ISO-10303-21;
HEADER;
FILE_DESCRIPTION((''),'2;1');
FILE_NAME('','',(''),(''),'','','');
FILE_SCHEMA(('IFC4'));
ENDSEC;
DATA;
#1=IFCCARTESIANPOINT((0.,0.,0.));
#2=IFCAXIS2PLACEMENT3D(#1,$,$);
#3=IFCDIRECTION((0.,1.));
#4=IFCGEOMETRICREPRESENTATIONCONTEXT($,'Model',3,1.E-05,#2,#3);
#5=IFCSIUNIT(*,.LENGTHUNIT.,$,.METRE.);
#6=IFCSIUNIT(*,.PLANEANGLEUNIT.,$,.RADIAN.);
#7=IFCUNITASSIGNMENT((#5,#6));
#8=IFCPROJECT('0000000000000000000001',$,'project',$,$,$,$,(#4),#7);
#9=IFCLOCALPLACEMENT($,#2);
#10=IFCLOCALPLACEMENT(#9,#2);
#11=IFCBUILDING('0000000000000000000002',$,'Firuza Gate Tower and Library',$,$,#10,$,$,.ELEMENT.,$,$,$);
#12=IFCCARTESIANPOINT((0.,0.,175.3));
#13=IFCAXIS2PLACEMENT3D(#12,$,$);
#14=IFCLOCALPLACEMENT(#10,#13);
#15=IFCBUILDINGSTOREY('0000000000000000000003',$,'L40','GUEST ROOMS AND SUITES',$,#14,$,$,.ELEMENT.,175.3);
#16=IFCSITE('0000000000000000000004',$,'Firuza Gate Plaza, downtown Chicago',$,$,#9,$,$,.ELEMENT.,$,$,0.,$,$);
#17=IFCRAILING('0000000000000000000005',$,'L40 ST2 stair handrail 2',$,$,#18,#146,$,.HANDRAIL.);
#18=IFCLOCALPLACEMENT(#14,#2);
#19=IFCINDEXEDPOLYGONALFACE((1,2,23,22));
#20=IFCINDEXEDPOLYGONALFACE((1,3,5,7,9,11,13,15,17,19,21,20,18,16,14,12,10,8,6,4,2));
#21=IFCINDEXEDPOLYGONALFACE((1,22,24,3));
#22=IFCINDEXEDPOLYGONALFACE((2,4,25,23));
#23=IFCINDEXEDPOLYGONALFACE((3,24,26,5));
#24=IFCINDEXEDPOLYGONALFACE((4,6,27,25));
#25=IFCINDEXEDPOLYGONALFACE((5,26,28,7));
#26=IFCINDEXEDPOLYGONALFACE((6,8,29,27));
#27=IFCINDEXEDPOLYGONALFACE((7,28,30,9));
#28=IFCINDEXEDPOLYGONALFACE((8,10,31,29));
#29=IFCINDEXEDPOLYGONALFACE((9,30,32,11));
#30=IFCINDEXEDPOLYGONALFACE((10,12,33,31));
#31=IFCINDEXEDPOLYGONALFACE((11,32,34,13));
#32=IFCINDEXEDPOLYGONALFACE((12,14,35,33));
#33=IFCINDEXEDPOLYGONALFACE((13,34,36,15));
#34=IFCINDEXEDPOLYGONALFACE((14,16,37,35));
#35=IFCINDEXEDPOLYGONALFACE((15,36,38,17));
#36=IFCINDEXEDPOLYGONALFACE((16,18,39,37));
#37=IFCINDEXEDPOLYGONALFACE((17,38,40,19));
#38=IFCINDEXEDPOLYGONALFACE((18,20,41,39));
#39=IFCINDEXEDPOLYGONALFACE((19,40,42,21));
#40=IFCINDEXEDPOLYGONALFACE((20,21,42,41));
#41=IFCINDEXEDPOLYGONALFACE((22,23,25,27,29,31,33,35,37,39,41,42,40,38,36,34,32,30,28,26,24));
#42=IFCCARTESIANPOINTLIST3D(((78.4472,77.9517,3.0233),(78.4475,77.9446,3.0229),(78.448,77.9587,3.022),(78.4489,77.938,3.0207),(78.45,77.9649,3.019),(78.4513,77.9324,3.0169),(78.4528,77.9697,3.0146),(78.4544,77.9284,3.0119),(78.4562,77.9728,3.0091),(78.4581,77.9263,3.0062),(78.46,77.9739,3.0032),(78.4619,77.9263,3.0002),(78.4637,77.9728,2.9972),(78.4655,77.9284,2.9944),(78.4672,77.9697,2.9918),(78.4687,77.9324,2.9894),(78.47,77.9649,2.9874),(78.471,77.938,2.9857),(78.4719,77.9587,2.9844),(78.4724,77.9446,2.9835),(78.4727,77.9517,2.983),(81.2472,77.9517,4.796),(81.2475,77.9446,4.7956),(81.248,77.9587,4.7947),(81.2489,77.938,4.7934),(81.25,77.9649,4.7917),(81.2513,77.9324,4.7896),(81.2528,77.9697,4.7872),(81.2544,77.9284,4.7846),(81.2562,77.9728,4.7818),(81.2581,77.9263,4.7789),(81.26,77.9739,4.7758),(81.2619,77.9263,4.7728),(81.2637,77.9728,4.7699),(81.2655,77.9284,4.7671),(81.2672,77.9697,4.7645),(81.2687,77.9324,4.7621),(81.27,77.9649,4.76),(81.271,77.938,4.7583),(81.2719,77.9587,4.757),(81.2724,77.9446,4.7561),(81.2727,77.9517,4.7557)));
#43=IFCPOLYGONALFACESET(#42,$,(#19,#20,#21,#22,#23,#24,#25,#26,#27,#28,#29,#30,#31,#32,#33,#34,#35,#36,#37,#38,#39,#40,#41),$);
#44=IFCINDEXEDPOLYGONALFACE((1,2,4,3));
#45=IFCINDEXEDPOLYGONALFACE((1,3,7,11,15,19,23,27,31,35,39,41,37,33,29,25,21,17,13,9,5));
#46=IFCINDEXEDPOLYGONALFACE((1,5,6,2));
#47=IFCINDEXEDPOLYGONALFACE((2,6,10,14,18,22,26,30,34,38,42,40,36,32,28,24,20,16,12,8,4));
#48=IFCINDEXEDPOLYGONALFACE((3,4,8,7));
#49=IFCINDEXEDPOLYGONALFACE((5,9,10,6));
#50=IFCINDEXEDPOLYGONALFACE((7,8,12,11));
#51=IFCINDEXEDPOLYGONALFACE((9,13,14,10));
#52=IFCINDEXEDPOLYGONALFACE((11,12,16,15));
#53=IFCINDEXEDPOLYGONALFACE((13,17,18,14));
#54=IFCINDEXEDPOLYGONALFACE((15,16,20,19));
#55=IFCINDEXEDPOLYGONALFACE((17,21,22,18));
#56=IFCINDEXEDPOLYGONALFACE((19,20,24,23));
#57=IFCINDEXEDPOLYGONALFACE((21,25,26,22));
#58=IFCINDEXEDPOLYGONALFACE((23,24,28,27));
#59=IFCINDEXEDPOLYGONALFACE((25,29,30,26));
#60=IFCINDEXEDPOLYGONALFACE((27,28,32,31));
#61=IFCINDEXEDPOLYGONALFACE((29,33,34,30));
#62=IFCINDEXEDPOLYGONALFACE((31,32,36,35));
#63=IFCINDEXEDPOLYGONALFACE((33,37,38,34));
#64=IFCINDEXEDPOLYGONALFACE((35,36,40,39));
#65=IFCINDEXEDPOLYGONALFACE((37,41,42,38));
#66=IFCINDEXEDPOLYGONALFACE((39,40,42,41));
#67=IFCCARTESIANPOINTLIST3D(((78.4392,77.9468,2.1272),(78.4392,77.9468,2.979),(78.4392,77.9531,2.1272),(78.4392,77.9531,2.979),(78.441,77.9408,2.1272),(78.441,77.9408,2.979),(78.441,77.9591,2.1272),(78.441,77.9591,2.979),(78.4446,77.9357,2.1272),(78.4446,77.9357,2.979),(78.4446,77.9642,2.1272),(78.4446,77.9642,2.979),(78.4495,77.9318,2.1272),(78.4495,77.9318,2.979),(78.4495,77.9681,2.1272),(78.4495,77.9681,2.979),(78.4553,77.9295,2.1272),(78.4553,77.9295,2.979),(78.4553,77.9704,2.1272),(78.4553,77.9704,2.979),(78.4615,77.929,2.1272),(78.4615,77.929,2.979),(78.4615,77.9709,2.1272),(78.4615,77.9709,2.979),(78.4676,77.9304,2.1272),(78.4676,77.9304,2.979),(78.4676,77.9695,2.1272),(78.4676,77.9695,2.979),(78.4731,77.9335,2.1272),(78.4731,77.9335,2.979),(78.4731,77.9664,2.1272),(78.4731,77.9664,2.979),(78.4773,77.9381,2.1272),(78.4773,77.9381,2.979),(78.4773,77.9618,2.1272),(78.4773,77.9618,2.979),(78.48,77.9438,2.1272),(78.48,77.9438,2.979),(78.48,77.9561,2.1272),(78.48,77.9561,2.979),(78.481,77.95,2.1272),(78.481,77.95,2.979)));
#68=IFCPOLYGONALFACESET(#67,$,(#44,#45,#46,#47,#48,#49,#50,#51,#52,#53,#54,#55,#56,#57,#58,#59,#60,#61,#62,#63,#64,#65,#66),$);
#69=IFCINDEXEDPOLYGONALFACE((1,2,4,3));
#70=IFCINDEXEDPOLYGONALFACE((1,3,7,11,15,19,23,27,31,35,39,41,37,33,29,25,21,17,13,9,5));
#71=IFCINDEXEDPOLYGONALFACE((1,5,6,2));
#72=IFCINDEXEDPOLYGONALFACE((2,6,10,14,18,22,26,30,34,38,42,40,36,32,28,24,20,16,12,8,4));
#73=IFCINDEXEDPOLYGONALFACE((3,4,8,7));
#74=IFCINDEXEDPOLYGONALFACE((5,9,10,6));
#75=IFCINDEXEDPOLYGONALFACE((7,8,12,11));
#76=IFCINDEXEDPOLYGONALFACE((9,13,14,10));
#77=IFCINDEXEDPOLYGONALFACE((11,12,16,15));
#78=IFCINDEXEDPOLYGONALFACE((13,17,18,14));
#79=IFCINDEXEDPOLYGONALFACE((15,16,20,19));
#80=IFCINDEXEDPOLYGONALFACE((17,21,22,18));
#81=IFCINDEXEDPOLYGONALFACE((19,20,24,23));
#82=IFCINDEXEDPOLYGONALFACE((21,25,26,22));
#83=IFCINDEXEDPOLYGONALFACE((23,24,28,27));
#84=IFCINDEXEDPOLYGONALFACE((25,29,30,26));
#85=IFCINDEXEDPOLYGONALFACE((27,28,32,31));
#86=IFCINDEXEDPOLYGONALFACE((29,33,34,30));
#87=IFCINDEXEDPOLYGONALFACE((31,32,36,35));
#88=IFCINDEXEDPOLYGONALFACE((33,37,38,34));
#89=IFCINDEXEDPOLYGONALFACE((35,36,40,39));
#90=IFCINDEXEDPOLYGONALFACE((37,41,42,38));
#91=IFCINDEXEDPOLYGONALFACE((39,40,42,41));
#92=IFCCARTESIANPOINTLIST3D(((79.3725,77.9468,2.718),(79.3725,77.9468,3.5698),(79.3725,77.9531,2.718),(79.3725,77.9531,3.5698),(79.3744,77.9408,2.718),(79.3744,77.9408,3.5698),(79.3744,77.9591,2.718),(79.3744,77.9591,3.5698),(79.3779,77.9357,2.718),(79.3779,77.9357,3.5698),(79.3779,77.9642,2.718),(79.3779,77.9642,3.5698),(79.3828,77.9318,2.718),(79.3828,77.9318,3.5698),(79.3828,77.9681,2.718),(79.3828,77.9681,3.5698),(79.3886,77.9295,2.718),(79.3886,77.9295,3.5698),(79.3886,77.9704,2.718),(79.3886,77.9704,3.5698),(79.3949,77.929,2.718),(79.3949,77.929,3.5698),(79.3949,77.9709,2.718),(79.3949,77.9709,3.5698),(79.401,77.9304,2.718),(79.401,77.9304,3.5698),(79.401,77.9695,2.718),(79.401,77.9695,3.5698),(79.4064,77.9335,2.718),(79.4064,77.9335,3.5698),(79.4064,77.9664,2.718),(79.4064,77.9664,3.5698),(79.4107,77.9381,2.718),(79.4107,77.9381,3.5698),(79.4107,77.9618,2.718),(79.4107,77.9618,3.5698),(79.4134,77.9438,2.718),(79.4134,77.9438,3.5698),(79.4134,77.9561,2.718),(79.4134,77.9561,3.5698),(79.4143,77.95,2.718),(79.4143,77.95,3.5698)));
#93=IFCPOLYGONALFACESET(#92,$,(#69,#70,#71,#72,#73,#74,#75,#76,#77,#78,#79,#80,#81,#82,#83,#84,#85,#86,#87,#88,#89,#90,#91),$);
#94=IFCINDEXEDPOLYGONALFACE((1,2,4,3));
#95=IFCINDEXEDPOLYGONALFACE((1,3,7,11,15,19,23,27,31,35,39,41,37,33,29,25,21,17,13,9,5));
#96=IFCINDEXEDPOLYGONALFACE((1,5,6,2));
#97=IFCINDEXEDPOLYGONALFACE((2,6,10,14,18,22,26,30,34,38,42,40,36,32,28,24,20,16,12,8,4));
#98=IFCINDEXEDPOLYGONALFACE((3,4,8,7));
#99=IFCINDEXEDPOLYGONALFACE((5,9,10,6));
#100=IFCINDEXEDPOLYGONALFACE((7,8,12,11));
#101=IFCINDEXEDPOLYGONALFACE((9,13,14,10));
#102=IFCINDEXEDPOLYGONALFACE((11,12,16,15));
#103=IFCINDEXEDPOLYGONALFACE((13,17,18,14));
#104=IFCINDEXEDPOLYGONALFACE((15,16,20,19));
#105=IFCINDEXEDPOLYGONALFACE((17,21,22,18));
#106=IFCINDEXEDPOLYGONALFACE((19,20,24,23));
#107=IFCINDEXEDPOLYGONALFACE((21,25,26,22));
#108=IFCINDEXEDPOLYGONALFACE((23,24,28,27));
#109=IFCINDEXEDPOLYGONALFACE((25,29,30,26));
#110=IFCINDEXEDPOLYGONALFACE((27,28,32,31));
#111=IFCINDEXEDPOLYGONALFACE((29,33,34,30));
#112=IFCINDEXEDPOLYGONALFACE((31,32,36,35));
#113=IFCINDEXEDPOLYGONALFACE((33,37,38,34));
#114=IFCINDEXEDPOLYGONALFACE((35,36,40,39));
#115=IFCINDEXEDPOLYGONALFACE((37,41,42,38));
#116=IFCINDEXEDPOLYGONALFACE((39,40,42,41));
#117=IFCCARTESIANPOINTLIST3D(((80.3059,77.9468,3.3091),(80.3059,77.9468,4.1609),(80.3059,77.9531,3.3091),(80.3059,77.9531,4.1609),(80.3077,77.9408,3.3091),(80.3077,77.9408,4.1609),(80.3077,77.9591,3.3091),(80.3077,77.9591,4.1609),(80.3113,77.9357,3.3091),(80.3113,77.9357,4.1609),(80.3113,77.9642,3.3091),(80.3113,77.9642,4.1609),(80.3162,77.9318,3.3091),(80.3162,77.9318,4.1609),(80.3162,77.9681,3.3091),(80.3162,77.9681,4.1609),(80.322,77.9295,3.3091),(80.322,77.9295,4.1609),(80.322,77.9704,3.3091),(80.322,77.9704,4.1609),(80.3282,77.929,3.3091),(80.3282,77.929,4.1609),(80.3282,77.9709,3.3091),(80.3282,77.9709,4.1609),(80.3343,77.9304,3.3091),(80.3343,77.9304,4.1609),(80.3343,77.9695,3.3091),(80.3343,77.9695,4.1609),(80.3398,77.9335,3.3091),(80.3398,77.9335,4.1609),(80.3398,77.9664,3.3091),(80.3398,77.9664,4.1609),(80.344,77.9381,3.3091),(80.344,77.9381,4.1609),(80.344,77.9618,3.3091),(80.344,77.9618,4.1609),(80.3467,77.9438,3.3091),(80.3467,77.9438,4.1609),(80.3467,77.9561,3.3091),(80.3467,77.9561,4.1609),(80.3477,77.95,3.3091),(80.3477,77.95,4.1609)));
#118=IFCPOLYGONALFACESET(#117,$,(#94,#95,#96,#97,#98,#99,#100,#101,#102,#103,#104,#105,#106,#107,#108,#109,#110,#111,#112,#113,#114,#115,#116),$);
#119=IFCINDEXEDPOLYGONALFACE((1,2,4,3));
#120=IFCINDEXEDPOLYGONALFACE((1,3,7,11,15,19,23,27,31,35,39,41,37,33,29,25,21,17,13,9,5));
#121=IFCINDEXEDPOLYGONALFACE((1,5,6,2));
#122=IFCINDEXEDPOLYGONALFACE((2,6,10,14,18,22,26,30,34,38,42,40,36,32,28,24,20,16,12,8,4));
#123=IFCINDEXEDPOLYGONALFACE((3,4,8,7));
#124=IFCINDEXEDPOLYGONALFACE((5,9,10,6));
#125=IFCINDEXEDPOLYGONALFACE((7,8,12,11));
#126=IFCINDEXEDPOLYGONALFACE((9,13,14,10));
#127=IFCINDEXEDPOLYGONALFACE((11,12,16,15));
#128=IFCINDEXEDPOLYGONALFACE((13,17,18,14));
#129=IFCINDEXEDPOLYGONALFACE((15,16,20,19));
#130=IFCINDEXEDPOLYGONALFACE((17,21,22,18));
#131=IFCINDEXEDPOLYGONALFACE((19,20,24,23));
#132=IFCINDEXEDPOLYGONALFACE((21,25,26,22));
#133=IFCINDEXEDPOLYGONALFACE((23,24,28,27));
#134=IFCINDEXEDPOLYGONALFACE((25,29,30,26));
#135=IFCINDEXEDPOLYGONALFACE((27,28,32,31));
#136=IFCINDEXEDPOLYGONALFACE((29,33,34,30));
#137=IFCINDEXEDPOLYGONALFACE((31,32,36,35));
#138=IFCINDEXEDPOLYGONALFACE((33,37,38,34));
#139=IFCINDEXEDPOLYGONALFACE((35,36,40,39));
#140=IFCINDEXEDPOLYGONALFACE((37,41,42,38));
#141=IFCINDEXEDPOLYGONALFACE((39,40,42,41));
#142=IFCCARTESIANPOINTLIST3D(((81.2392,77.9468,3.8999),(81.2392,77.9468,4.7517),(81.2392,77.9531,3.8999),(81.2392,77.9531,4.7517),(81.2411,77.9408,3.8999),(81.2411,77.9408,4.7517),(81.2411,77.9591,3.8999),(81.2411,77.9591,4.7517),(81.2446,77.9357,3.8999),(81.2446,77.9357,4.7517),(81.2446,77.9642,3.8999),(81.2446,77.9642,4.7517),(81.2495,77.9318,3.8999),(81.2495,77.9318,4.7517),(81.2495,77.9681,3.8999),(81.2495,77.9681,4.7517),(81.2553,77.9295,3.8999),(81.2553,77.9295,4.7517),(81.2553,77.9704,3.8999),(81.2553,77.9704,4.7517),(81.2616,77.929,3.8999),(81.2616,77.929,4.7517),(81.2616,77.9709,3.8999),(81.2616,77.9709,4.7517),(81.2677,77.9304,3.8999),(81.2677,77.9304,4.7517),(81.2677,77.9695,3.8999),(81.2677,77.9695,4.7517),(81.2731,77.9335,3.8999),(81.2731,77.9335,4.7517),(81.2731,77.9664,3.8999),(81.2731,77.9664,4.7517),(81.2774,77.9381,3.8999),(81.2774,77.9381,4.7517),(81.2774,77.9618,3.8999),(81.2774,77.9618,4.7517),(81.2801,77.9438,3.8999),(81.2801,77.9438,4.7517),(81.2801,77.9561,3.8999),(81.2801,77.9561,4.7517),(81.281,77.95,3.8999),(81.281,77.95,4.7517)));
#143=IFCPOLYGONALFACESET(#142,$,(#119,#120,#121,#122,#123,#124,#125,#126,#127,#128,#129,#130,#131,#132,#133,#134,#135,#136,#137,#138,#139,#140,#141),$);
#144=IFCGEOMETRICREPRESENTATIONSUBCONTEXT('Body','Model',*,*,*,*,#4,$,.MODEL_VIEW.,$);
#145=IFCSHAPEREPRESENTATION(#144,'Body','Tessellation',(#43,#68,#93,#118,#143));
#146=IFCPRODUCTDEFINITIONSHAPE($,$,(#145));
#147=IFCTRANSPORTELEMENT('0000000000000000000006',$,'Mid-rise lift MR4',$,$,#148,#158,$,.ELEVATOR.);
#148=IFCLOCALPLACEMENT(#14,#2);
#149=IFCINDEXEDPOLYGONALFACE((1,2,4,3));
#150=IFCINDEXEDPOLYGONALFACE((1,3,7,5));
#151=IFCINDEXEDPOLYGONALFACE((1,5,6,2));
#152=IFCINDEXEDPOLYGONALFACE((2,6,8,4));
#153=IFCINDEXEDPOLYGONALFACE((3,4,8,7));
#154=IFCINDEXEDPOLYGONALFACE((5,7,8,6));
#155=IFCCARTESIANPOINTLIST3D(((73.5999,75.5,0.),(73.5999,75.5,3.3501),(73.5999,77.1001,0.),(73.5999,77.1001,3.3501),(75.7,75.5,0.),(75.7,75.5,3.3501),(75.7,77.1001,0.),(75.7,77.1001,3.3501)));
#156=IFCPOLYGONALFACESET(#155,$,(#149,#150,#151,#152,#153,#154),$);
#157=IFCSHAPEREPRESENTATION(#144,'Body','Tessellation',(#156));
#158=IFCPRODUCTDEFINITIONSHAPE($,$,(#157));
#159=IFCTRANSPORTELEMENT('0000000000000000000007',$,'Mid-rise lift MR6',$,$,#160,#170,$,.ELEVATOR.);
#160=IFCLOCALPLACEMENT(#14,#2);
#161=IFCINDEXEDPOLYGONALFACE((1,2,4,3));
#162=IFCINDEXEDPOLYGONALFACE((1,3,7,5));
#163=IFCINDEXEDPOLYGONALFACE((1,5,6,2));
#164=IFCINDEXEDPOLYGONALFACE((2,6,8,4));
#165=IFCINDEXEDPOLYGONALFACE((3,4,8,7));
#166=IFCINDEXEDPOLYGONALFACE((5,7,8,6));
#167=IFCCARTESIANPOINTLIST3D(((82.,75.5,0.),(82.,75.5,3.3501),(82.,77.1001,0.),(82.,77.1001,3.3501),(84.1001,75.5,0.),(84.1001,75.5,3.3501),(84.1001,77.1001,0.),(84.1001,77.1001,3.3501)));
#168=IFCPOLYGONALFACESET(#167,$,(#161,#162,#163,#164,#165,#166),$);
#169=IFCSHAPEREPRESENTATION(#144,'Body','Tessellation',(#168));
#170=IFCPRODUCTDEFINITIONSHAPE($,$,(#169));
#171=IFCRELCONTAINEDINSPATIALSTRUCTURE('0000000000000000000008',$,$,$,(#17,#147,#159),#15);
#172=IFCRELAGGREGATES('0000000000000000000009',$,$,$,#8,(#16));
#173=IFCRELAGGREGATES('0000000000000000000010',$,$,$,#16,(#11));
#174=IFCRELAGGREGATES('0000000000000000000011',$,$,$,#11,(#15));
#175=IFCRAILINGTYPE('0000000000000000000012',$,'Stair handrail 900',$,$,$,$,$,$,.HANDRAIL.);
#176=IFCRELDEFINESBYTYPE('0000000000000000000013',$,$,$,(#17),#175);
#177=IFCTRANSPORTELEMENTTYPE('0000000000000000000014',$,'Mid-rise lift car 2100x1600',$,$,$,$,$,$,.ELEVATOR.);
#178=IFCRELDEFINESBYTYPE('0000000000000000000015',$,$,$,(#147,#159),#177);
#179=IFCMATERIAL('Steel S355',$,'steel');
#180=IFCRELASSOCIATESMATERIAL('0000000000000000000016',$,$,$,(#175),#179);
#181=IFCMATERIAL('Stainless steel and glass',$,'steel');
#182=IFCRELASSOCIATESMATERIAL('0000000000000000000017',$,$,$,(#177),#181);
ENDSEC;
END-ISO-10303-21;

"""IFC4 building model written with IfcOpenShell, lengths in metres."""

from ifc_helpers import new_model, si_unit, direction, frame, origin, origin_2d, place, context, subcontext, project, spatial, rectangle, circle, extrude, material, type_object, element, save


model = new_model("IFC4")

# Units and contexts
model_context = context("Model", 3, precision=1e-05, world=origin(), true_north=direction((0.0, 1.0)))
body_context = subcontext(model_context, "Body", "Model", "MODEL_VIEW")
ifc_project = project(units=[si_unit("LENGTHUNIT", "METRE"), si_unit("PLANEANGLEUNIT", "RADIAN")], contexts=[model_context])

# Site, building, storey
site_placement = place(None, origin())
site = spatial("IfcSite", under=ifc_project, at=site_placement, Name="Firuza Gate Plaza, downtown Chicago", CompositionType="ELEMENT", RefElevation=0.0)
building_placement = place(site_placement, origin())
building = spatial("IfcBuilding", under=site, at=building_placement, Name="Firuza Gate Tower and Library", CompositionType="ELEMENT")
storey_placement = place(building_placement, frame((0.0, 0.0, 175.3)))
storey = spatial("IfcBuildingStorey", under=building, at=storey_placement, Name="L40", Description="GUEST ROOMS AND SUITES", CompositionType="ELEMENT", Elevation=175.3)

# Railing
ifc_material_1 = material(Name="Steel S355", Category="steel")
railing_type_1 = type_object("IfcRailingType", Name="Stair handrail 900", PredefinedType="HANDRAIL", material=ifc_material_1)
railing_1_placement = place(storey_placement, frame((78.46, 77.95, 2.1272)))
element("IfcRailing", 1, at=railing_1_placement, inside=storey, type_object=railing_type_1, Name="L40 ST2 stair handrail 2", PredefinedType="HANDRAIL", context=body_context, shape_type="SweptSolid", body=[
    extrude(circle(Radius=0.0239, at=origin_2d()), frame((0.0, 0.0, 0.876), z_axis=(0.844909, 0.0, 0.53491), x_axis=(0.0, 1.0, 0.0)), (0.0, 0.0, 1.0), 3.314),
    extrude(circle(Radius=0.021, at=origin_2d()), origin(), (0.0, 0.0, 1.0), 0.8518),
    extrude(circle(Radius=0.021, at=origin_2d()), frame((0.9333, 0.0, 0.5908)), (0.0, 0.0, 1.0), 0.8518),
    extrude(circle(Radius=0.021, at=origin_2d()), frame((1.8667, 0.0, 1.1819)), (0.0, 0.0, 1.0), 0.8518),
    extrude(circle(Radius=0.021, at=origin_2d()), frame((2.8, 0.0, 1.7727)), (0.0, 0.0, 1.0), 0.8518),
])

# Transport elements
ifc_material_2 = material(Name="Stainless steel and glass", Category="steel")
transport_element_type = type_object("IfcTransportElementType", Name="Mid-rise lift car 2100x1600", PredefinedType="ELEVATOR", material=ifc_material_2)
for number, where, z_axis, x_axis, name in (
    (2, (74.6499, 76.3, 0.0), (0.0, 0.0, 1.0), (1.0, 0.0, 0.0), "Mid-rise lift MR4"),
    (3, (83.05, 76.3, 0.0), (0.0, 0.0, 1.0), (1.0, 0.0, 0.0), "Mid-rise lift MR6"),
):
    element("IfcTransportElement", number, at=place(storey_placement, frame(where, z_axis=z_axis, x_axis=x_axis)), inside=storey, type_object=transport_element_type, Name=name, PredefinedType="ELEVATOR", context=body_context, shape_type="SweptSolid", body=[
        extrude(rectangle(XDim=2.1001, YDim=1.6001, at=origin_2d()), origin(), (0.0, 0.0, 1.0), 3.3501),
    ])

save(model, "model.ifc")
